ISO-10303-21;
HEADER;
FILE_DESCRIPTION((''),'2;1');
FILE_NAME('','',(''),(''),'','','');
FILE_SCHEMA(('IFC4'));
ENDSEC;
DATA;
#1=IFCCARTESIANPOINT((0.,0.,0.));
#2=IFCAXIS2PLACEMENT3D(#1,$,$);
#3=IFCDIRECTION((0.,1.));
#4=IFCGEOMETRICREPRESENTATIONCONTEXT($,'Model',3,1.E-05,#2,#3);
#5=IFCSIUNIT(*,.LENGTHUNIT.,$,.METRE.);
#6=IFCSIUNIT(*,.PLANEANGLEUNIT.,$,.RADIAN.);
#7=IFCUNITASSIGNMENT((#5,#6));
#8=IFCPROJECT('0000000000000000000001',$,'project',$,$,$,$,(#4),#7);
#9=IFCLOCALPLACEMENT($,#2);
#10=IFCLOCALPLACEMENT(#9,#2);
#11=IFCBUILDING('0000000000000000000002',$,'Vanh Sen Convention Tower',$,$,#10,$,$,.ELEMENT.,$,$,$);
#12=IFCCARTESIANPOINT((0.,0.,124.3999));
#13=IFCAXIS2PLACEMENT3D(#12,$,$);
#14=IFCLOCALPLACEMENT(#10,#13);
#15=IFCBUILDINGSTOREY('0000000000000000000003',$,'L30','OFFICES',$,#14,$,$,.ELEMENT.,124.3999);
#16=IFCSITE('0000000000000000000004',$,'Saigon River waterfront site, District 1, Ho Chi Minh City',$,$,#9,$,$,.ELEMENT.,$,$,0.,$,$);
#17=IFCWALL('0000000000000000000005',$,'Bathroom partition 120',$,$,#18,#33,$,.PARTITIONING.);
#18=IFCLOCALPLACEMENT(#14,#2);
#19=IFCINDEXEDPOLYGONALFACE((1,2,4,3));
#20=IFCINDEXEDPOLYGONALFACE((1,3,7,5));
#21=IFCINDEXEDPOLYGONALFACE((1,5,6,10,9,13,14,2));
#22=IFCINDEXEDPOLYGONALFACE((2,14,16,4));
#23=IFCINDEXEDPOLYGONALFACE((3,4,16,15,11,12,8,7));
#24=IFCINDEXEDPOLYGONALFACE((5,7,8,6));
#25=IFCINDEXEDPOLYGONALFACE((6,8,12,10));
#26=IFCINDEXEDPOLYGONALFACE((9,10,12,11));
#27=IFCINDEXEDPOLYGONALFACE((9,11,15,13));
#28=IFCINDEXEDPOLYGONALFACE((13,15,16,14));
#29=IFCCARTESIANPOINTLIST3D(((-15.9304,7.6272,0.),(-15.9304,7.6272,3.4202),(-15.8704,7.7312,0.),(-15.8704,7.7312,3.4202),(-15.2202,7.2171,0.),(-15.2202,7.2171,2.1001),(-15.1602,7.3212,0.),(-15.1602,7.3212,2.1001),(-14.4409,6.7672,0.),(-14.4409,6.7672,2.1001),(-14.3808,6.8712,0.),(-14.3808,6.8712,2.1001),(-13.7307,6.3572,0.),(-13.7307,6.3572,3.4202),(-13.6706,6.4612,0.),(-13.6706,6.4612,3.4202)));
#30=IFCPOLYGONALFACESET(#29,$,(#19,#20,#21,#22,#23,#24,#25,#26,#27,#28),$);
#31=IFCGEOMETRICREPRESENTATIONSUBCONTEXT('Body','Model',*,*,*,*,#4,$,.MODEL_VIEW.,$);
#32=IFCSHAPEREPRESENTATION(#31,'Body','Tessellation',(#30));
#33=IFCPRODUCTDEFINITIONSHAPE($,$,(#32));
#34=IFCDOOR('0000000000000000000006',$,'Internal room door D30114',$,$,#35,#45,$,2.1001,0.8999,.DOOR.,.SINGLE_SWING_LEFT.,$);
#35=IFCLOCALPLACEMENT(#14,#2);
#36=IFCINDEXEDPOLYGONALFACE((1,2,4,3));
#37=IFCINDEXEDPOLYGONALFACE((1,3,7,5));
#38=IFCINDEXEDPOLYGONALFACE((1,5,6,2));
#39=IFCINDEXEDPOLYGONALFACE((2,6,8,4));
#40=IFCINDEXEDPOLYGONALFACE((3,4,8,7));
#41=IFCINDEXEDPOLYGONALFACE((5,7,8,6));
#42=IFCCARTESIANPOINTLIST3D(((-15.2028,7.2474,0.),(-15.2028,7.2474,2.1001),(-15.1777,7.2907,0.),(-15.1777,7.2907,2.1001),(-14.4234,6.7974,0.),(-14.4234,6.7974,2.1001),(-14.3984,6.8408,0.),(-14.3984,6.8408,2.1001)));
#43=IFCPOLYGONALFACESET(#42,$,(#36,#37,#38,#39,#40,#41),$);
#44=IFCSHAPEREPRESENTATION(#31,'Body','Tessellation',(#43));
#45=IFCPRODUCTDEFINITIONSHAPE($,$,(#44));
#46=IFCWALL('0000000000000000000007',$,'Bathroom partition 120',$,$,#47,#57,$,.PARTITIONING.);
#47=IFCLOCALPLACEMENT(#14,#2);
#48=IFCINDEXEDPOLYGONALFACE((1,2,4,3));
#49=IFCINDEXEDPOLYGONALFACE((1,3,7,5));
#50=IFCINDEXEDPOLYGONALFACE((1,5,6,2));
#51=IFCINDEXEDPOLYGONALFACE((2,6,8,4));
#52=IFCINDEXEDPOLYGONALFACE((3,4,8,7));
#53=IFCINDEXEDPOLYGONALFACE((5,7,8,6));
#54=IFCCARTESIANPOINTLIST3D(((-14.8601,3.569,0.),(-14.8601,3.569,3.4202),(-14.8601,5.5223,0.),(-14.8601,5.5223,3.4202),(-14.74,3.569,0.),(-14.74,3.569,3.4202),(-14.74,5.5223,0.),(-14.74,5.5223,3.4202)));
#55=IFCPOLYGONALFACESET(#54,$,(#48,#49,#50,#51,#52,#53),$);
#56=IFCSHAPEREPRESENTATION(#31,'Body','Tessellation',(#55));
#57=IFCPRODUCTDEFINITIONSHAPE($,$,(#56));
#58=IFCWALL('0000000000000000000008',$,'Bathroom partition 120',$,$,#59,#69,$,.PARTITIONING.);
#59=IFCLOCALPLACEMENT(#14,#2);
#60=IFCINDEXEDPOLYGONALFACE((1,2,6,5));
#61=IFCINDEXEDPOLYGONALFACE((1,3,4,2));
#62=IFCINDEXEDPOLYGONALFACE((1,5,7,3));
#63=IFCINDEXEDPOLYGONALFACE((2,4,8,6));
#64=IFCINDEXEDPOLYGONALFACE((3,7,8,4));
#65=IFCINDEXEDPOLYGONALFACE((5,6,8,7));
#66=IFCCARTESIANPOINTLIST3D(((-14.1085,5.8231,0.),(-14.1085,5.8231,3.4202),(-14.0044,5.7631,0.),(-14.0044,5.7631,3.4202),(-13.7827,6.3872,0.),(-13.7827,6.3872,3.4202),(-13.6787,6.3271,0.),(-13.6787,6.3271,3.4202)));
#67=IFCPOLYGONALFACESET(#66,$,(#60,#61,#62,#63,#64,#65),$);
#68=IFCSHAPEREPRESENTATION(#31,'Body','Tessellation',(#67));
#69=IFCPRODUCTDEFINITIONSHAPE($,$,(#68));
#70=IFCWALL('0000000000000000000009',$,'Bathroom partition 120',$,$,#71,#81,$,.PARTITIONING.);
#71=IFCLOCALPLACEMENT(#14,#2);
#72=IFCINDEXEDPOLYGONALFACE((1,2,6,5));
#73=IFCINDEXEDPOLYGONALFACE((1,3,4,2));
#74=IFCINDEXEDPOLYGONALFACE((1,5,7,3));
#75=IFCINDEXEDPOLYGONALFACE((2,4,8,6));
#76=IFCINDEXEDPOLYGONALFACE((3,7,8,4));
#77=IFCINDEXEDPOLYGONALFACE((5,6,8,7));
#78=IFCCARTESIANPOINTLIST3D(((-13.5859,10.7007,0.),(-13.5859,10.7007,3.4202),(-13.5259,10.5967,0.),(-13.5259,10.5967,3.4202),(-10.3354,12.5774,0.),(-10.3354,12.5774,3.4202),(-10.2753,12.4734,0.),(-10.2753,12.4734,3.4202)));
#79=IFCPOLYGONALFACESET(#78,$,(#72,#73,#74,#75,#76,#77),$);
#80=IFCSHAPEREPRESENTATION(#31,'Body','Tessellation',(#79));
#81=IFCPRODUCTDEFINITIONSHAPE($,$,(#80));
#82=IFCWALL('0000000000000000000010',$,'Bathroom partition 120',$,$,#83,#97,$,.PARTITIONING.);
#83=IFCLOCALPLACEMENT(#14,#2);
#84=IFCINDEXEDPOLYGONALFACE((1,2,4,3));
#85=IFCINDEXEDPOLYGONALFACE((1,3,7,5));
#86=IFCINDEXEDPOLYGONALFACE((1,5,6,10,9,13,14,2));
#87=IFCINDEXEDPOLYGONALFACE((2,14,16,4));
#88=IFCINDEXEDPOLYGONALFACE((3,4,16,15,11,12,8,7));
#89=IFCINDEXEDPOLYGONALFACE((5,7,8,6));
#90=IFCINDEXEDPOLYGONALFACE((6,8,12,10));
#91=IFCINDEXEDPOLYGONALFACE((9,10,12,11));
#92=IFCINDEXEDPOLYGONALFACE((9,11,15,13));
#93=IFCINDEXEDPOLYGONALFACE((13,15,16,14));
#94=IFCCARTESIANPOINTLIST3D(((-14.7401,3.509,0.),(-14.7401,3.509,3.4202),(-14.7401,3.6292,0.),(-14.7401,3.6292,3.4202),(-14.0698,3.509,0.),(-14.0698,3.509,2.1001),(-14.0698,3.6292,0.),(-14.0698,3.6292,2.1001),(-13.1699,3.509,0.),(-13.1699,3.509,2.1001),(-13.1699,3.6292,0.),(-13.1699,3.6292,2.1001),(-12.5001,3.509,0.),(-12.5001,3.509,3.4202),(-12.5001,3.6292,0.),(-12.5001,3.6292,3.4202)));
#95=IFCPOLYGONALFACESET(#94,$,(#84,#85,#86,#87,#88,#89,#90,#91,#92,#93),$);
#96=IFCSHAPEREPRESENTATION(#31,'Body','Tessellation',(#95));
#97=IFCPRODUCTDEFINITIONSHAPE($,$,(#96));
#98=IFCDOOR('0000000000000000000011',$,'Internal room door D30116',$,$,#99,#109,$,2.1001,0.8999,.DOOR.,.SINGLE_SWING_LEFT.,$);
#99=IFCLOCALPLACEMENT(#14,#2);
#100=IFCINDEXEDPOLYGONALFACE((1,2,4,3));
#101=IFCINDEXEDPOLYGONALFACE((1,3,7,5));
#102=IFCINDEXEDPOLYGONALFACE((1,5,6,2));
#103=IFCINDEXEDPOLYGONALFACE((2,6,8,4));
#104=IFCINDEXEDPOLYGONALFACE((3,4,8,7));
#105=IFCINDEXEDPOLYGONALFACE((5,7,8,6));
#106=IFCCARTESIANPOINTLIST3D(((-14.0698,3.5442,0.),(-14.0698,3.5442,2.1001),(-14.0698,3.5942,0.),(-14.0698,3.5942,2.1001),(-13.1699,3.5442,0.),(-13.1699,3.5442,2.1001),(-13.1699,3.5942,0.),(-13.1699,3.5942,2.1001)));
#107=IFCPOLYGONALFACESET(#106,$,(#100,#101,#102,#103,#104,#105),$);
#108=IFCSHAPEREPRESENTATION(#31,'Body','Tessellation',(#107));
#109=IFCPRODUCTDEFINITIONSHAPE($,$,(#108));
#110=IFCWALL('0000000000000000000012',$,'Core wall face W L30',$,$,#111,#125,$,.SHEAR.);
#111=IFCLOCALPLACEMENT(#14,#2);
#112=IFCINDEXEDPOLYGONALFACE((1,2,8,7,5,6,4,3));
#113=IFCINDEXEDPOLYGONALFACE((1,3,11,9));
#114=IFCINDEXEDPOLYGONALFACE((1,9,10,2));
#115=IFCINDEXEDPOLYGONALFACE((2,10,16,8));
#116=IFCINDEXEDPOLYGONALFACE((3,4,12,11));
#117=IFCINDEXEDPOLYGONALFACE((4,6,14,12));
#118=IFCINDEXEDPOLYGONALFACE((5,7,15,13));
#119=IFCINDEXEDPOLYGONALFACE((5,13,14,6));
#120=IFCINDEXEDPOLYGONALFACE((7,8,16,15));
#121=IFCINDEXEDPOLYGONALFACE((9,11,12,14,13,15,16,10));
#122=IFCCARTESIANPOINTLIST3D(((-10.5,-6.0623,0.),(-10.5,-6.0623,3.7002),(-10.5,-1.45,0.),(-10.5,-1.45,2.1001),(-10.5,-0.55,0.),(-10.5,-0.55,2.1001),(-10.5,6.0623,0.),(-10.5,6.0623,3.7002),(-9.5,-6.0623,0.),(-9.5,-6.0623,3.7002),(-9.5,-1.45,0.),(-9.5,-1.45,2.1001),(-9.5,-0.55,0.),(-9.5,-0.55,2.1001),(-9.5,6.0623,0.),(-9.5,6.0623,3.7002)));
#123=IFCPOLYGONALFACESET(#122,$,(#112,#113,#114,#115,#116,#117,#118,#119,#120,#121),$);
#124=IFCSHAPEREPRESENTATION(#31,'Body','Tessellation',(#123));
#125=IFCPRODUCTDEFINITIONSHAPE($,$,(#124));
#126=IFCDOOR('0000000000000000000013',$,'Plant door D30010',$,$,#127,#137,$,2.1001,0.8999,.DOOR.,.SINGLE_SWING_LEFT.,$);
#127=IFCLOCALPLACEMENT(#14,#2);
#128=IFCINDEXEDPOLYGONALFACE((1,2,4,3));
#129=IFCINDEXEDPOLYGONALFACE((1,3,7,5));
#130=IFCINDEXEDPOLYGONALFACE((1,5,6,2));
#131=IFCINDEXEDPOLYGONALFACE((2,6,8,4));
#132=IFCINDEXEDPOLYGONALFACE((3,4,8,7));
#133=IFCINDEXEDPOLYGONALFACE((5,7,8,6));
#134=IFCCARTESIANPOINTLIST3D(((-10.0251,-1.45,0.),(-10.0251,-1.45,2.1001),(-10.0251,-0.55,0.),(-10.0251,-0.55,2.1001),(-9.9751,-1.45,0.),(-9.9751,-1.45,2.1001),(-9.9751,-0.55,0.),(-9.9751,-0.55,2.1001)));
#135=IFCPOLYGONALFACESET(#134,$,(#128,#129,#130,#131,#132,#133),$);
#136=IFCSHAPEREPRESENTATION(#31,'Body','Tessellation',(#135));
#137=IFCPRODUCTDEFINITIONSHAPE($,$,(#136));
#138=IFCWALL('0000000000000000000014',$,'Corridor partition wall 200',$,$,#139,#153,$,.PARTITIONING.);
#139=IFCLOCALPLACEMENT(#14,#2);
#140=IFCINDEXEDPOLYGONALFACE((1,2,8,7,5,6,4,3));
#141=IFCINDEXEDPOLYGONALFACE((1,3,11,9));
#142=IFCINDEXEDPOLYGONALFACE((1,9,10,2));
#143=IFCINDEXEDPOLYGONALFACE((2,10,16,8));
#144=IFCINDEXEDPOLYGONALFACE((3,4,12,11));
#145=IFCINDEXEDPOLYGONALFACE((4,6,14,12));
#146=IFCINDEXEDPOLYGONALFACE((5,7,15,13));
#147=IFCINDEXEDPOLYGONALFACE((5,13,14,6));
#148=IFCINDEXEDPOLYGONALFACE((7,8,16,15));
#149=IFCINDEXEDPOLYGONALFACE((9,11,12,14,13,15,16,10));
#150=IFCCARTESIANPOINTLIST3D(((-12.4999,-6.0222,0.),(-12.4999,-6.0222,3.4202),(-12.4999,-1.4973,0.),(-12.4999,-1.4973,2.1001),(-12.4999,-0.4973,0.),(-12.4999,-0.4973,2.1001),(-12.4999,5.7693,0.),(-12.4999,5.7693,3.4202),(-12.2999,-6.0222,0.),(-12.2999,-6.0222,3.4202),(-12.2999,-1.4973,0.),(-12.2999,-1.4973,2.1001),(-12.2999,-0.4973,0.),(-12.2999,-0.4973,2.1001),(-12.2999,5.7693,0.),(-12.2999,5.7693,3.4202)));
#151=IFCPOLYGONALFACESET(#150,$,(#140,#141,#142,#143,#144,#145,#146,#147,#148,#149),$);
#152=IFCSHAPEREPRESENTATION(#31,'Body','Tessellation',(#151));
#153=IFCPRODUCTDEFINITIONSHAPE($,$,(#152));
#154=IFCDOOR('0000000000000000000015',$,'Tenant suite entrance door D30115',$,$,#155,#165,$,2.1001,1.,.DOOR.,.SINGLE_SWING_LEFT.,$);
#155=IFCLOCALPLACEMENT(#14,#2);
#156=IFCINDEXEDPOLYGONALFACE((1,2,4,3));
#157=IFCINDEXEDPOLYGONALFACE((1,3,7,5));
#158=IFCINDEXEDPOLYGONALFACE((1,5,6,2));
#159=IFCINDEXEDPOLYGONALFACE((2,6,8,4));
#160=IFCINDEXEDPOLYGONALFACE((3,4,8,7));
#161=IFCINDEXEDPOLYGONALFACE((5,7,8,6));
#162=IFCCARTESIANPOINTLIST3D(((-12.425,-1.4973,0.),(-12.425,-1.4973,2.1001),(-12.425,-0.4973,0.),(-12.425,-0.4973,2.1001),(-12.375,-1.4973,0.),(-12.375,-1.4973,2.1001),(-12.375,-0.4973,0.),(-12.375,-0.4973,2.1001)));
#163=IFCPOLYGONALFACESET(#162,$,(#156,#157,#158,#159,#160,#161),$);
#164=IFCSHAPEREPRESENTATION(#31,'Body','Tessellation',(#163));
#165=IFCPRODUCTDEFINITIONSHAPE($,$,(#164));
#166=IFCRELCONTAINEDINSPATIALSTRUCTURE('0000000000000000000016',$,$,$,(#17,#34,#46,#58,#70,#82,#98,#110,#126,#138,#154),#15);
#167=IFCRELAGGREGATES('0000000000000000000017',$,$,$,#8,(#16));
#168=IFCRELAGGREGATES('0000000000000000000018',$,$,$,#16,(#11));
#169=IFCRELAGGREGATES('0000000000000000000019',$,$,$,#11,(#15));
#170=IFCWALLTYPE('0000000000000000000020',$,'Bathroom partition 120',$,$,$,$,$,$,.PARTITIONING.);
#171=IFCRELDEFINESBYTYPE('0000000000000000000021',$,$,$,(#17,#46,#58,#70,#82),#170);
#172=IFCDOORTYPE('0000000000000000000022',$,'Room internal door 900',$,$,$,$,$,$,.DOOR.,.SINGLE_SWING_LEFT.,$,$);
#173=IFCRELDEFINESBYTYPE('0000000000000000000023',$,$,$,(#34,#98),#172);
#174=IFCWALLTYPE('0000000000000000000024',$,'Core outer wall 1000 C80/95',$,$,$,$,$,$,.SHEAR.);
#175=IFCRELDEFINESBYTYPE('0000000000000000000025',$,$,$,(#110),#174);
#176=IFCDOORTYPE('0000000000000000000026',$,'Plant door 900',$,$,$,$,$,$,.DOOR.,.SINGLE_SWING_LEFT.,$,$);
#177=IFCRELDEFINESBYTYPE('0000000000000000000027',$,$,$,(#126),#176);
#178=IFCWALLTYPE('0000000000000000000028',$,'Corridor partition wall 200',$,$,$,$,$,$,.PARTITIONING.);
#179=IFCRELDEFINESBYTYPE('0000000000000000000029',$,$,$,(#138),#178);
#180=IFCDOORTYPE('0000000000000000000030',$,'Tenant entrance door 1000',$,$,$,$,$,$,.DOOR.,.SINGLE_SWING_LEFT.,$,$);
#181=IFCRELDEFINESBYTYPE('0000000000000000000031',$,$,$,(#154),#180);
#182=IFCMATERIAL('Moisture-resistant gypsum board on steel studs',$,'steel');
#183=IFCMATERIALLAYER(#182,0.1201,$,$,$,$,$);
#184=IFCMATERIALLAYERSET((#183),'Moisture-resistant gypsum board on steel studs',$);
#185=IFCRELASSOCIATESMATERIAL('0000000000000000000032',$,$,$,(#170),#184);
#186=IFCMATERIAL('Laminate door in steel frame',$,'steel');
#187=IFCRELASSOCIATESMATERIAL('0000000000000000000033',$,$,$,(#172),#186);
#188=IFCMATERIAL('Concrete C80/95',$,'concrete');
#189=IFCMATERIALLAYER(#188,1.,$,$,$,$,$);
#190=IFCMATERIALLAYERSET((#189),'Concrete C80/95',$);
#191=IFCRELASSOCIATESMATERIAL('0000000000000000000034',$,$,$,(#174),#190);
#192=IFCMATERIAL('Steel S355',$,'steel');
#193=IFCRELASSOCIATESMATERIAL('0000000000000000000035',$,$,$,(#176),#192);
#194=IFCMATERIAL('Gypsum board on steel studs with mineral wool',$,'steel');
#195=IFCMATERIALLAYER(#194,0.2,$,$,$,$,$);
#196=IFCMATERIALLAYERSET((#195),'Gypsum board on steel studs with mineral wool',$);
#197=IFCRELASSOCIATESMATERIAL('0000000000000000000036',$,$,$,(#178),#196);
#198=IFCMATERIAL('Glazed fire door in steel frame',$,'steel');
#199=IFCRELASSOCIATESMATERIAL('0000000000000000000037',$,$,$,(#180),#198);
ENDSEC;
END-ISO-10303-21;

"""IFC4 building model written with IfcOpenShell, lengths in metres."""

from ifc_helpers import new_model, si_unit, direction, frame, frame_2d, origin, place, context, subcontext, project, spatial, rectangle, extrude, material, layer, layer_set, type_object, element, fill, save


model = new_model("IFC4")

# Units and contexts
model_context = context("Model", 3, precision=1e-05, world=origin(), true_north=direction((0.0, 1.0)))
body_context = subcontext(model_context, "Body", "Model", "MODEL_VIEW")
ifc_project = project(units=[si_unit("LENGTHUNIT", "METRE"), si_unit("PLANEANGLEUNIT", "RADIAN")], contexts=[model_context])

# Site, building, storey
site_placement = place(None, origin())
site = spatial("IfcSite", under=ifc_project, at=site_placement, Name="Saigon River waterfront site, District 1, Ho Chi Minh City", CompositionType="ELEMENT", RefElevation=0.0)
building_placement = place(site_placement, origin())
building = spatial("IfcBuilding", under=site, at=building_placement, Name="Vanh Sen Convention Tower", CompositionType="ELEMENT")
storey_placement = place(building_placement, frame((0.0, 0.0, 124.3999)))
storey = spatial("IfcBuildingStorey", under=building, at=storey_placement, Name="L30", Description="OFFICES", CompositionType="ELEMENT", Elevation=124.3999)

# Wall, opening, door
ifc_material_1 = material(Name="Moisture-resistant gypsum board on steel studs", Category="steel")
ifc_layer_1 = layer(ifc_material_1, 0.1201)
ifc_layer_set_1 = layer_set([ifc_layer_1], Name="Moisture-resistant gypsum board on steel studs")
wall_type_1 = type_object("IfcWallType", Name="Bathroom partition 120", PredefinedType="PARTITIONING", material=ifc_layer_set_1)
wall_1_placement = place(storey_placement, frame((-15.9004, 7.6792, 0.0), z_axis=(0.0, 0.0, 1.0), x_axis=(0.866022, -0.500005, 0.0)))
wall_1 = element("IfcWall", 1, at=wall_1_placement, inside=storey, type_object=wall_type_1, Name="Bathroom partition 120", PredefinedType="PARTITIONING", context=body_context, shape_type="SweptSolid", body=[
    extrude(rectangle(XDim=2.54, YDim=0.1201, at=frame_2d((1.27, 0.0))), origin(), (0.0, 0.0, 1.0), 3.4202),
])
opening_1_placement = place(wall_1_placement, frame((0.8201, 0.0, 0.0)))
opening_1 = element("IfcOpeningElement", 2, at=opening_1_placement, cuts=wall_1, PredefinedType="OPENING", context=body_context, shape_type="SweptSolid", body=[
    extrude(rectangle(XDim=0.8999, YDim=2.1001, at=frame_2d((0.45, 1.05))), frame((0.0, 0.0701, 0.0), z_axis=(0.0, -1.0, 0.0), x_axis=(1.0, 0.0, 0.0)), (0.0, 0.0, 1.0), 0.1401),
])
ifc_material_2 = material(Name="Laminate door in steel frame", Category="steel")
door_type_1 = type_object("IfcDoorType", Name="Room internal door 900", OperationType="SINGLE_SWING_LEFT", PredefinedType="DOOR", material=ifc_material_2)
door_1_placement = place(opening_1_placement, origin())
door_1 = element("IfcDoor", 3, at=door_1_placement, inside=storey, type_object=door_type_1, Name="Internal room door D30114", OperationType="SINGLE_SWING_LEFT", OverallHeight=2.1001, OverallWidth=0.8999, PredefinedType="DOOR", context=body_context, shape_type="SweptSolid", body=[
    extrude(rectangle(XDim=0.8999, YDim=2.1001, at=frame_2d((0.45, 1.05))), frame((0.0, 0.0249, 0.0), z_axis=(0.0, -1.0, 0.0), x_axis=(1.0, 0.0, 0.0)), (0.0, 0.0, 1.0), 0.05),
])
fill(opening_1, door_1)

# Walls
wall_2_placement = place(storey_placement, frame((-14.8, 3.5691, 0.0), z_axis=(0.0, 0.0, 1.0), x_axis=(0.0, 1.0, 0.0)))
element("IfcWall", 4, at=wall_2_placement, inside=storey, type_object=wall_type_1, Name="Bathroom partition 120", PredefinedType="PARTITIONING", context=body_context, shape_type="SweptSolid", body=[
    extrude(rectangle(XDim=1.9534, YDim=0.1201, at=frame_2d((0.9766, 0.0))), origin(), (0.0, 0.0, 1.0), 3.4202),
])
wall_3_placement = place(storey_placement, frame((-13.7307, 6.3572, 0.0), z_axis=(0.0, 0.0, 1.0), x_axis=(-0.50009, -0.865973, 0.0)))
element("IfcWall", 5, at=wall_3_placement, inside=storey, type_object=wall_type_1, Name="Bathroom partition 120", PredefinedType="PARTITIONING", context=body_context, shape_type="SweptSolid", body=[
    extrude(rectangle(XDim=0.6514, YDim=0.1201, at=frame_2d((0.3257, 0.0))), origin(), (0.0, 0.0, 1.0), 3.4202),
])
wall_4_placement = place(storey_placement, frame((-13.5559, 10.6487, 0.0), z_axis=(0.0, 0.0, 1.0), x_axis=(0.866021, 0.500008, 0.0)))
element("IfcWall", 6, at=wall_4_placement, inside=storey, type_object=wall_type_1, Name="Bathroom partition 120", PredefinedType="PARTITIONING", context=body_context, shape_type="SweptSolid", body=[
    extrude(rectangle(XDim=3.7534, YDim=0.1201, at=frame_2d((1.8767, 0.0))), origin(), (0.0, 0.0, 1.0), 3.4202),
])

# Walls, openings, doors
wall_5_placement = place(storey_placement, frame((-12.5, 3.5691, 0.0), z_axis=(0.0, 0.0, 1.0), x_axis=(-1.0, 0.0, 0.0)))
wall_5 = element("IfcWall", 7, at=wall_5_placement, inside=storey, type_object=wall_type_1, Name="Bathroom partition 120", PredefinedType="PARTITIONING", context=body_context, shape_type="SweptSolid", body=[
    extrude(rectangle(XDim=2.24, YDim=0.1201, at=frame_2d((1.1201, 0.0))), origin(), (0.0, 0.0, 1.0), 3.4202),
])
opening_2_placement = place(wall_5_placement, frame((0.6699, 0.0, 0.0)))
opening_2 = element("IfcOpeningElement", 8, at=opening_2_placement, cuts=wall_5, PredefinedType="OPENING", context=body_context, shape_type="SweptSolid", body=[
    extrude(rectangle(XDim=0.8999, YDim=2.1001, at=frame_2d((0.45, 1.05))), frame((0.0, 0.0701, 0.0), z_axis=(0.0, -1.0, 0.0), x_axis=(1.0, 0.0, 0.0)), (0.0, 0.0, 1.0), 0.1401),
])
door_2_placement = place(opening_2_placement, origin())
door_2 = element("IfcDoor", 9, at=door_2_placement, inside=storey, type_object=door_type_1, Name="Internal room door D30116", OperationType="SINGLE_SWING_LEFT", OverallHeight=2.1001, OverallWidth=0.8999, PredefinedType="DOOR", context=body_context, shape_type="SweptSolid", body=[
    extrude(rectangle(XDim=0.8999, YDim=2.1001, at=frame_2d((0.45, 1.05))), frame((0.0, 0.0249, 0.0), z_axis=(0.0, -1.0, 0.0), x_axis=(1.0, 0.0, 0.0)), (0.0, 0.0, 1.0), 0.05),
])
fill(opening_2, door_2)
ifc_material_3 = material(Name="Concrete C80/95", Category="concrete")
ifc_layer_2 = layer(ifc_material_3, 1.0)
ifc_layer_set_2 = layer_set([ifc_layer_2], Name="Concrete C80/95")
wall_type_2 = type_object("IfcWallType", Name="Core outer wall 1000 C80/95", PredefinedType="SHEAR", material=ifc_layer_set_2)
wall_6_placement = place(storey_placement, frame((-10.0, 6.0623, 0.0), z_axis=(0.0, 0.0, 1.0), x_axis=(0.0, -1.0, 0.0)))
wall_6 = element("IfcWall", 10, at=wall_6_placement, inside=storey, type_object=wall_type_2, Name="Core wall face W L30", PredefinedType="SHEAR", context=body_context, shape_type="SweptSolid", body=[
    extrude(rectangle(XDim=12.1245, YDim=1.0, at=frame_2d((6.0623, 0.0))), origin(), (0.0, 0.0, 1.0), 3.7002),
])
opening_3_placement = place(wall_6_placement, frame((6.6123, 0.0, 0.0)))
opening_3 = element("IfcOpeningElement", 11, at=opening_3_placement, cuts=wall_6, PredefinedType="OPENING", context=body_context, shape_type="SweptSolid", body=[
    extrude(rectangle(XDim=0.8999, YDim=2.1001, at=frame_2d((0.45, 1.05))), frame((0.0, 0.51, 0.0), z_axis=(0.0, -1.0, 0.0), x_axis=(1.0, 0.0, 0.0)), (0.0, 0.0, 1.0), 1.02),
])
ifc_material_4 = material(Name="Steel S355", Category="steel")
door_type_2 = type_object("IfcDoorType", Name="Plant door 900", OperationType="SINGLE_SWING_LEFT", PredefinedType="DOOR", material=ifc_material_4)
door_3_placement = place(opening_3_placement, origin())
door_3 = element("IfcDoor", 12, at=door_3_placement, inside=storey, type_object=door_type_2, Name="Plant door D30010", OperationType="SINGLE_SWING_LEFT", OverallHeight=2.1001, OverallWidth=0.8999, PredefinedType="DOOR", context=body_context, shape_type="SweptSolid", body=[
    extrude(rectangle(XDim=0.8999, YDim=2.1001, at=frame_2d((0.45, 1.05))), frame((0.0, 0.0249, 0.0), z_axis=(0.0, -1.0, 0.0), x_axis=(1.0, 0.0, 0.0)), (0.0, 0.0, 1.0), 0.05),
])
fill(opening_3, door_3)
ifc_material_5 = material(Name="Gypsum board on steel studs with mineral wool", Category="steel")
ifc_layer_3 = layer(ifc_material_5, 0.2)
ifc_layer_set_3 = layer_set([ifc_layer_3], Name="Gypsum board on steel studs with mineral wool")
wall_type_3 = type_object("IfcWallType", Name="Corridor partition wall 200", PredefinedType="PARTITIONING", material=ifc_layer_set_3)
wall_7_placement = place(storey_placement, frame((-12.3999, 5.7693, 0.0), z_axis=(0.0, 0.0, 1.0), x_axis=(0.0, -1.0, 0.0)))
wall_7 = element("IfcWall", 13, at=wall_7_placement, inside=storey, type_object=wall_type_3, Name="Corridor partition wall 200", PredefinedType="PARTITIONING", context=body_context, shape_type="SweptSolid", body=[
    extrude(rectangle(XDim=11.7915, YDim=0.2, at=frame_2d((5.8958, 0.0))), origin(), (0.0, 0.0, 1.0), 3.4202),
])
opening_4_placement = place(wall_7_placement, frame((6.2666, 0.0, 0.0)))
opening_4 = element("IfcOpeningElement", 14, at=opening_4_placement, cuts=wall_7, PredefinedType="OPENING", context=body_context, shape_type="SweptSolid", body=[
    extrude(rectangle(XDim=1.0, YDim=2.1001, at=frame_2d((0.5, 1.05))), frame((0.0, 0.1099, 0.0), z_axis=(0.0, -1.0, 0.0), x_axis=(1.0, 0.0, 0.0)), (0.0, 0.0, 1.0), 0.22),
])
ifc_material_6 = material(Name="Glazed fire door in steel frame", Category="steel")
door_type_3 = type_object("IfcDoorType", Name="Tenant entrance door 1000", OperationType="SINGLE_SWING_LEFT", PredefinedType="DOOR", material=ifc_material_6)
door_4_placement = place(opening_4_placement, origin())
door_4 = element("IfcDoor", 15, at=door_4_placement, inside=storey, type_object=door_type_3, Name="Tenant suite entrance door D30115", OperationType="SINGLE_SWING_LEFT", OverallHeight=2.1001, OverallWidth=1.0, PredefinedType="DOOR", context=body_context, shape_type="SweptSolid", body=[
    extrude(rectangle(XDim=1.0, YDim=2.1001, at=frame_2d((0.5, 1.05))), frame((0.0, 0.0249, 0.0), z_axis=(0.0, -1.0, 0.0), x_axis=(1.0, 0.0, 0.0)), (0.0, 0.0, 1.0), 0.05),
])
fill(opening_4, door_4)

save(model, "model.ifc")
